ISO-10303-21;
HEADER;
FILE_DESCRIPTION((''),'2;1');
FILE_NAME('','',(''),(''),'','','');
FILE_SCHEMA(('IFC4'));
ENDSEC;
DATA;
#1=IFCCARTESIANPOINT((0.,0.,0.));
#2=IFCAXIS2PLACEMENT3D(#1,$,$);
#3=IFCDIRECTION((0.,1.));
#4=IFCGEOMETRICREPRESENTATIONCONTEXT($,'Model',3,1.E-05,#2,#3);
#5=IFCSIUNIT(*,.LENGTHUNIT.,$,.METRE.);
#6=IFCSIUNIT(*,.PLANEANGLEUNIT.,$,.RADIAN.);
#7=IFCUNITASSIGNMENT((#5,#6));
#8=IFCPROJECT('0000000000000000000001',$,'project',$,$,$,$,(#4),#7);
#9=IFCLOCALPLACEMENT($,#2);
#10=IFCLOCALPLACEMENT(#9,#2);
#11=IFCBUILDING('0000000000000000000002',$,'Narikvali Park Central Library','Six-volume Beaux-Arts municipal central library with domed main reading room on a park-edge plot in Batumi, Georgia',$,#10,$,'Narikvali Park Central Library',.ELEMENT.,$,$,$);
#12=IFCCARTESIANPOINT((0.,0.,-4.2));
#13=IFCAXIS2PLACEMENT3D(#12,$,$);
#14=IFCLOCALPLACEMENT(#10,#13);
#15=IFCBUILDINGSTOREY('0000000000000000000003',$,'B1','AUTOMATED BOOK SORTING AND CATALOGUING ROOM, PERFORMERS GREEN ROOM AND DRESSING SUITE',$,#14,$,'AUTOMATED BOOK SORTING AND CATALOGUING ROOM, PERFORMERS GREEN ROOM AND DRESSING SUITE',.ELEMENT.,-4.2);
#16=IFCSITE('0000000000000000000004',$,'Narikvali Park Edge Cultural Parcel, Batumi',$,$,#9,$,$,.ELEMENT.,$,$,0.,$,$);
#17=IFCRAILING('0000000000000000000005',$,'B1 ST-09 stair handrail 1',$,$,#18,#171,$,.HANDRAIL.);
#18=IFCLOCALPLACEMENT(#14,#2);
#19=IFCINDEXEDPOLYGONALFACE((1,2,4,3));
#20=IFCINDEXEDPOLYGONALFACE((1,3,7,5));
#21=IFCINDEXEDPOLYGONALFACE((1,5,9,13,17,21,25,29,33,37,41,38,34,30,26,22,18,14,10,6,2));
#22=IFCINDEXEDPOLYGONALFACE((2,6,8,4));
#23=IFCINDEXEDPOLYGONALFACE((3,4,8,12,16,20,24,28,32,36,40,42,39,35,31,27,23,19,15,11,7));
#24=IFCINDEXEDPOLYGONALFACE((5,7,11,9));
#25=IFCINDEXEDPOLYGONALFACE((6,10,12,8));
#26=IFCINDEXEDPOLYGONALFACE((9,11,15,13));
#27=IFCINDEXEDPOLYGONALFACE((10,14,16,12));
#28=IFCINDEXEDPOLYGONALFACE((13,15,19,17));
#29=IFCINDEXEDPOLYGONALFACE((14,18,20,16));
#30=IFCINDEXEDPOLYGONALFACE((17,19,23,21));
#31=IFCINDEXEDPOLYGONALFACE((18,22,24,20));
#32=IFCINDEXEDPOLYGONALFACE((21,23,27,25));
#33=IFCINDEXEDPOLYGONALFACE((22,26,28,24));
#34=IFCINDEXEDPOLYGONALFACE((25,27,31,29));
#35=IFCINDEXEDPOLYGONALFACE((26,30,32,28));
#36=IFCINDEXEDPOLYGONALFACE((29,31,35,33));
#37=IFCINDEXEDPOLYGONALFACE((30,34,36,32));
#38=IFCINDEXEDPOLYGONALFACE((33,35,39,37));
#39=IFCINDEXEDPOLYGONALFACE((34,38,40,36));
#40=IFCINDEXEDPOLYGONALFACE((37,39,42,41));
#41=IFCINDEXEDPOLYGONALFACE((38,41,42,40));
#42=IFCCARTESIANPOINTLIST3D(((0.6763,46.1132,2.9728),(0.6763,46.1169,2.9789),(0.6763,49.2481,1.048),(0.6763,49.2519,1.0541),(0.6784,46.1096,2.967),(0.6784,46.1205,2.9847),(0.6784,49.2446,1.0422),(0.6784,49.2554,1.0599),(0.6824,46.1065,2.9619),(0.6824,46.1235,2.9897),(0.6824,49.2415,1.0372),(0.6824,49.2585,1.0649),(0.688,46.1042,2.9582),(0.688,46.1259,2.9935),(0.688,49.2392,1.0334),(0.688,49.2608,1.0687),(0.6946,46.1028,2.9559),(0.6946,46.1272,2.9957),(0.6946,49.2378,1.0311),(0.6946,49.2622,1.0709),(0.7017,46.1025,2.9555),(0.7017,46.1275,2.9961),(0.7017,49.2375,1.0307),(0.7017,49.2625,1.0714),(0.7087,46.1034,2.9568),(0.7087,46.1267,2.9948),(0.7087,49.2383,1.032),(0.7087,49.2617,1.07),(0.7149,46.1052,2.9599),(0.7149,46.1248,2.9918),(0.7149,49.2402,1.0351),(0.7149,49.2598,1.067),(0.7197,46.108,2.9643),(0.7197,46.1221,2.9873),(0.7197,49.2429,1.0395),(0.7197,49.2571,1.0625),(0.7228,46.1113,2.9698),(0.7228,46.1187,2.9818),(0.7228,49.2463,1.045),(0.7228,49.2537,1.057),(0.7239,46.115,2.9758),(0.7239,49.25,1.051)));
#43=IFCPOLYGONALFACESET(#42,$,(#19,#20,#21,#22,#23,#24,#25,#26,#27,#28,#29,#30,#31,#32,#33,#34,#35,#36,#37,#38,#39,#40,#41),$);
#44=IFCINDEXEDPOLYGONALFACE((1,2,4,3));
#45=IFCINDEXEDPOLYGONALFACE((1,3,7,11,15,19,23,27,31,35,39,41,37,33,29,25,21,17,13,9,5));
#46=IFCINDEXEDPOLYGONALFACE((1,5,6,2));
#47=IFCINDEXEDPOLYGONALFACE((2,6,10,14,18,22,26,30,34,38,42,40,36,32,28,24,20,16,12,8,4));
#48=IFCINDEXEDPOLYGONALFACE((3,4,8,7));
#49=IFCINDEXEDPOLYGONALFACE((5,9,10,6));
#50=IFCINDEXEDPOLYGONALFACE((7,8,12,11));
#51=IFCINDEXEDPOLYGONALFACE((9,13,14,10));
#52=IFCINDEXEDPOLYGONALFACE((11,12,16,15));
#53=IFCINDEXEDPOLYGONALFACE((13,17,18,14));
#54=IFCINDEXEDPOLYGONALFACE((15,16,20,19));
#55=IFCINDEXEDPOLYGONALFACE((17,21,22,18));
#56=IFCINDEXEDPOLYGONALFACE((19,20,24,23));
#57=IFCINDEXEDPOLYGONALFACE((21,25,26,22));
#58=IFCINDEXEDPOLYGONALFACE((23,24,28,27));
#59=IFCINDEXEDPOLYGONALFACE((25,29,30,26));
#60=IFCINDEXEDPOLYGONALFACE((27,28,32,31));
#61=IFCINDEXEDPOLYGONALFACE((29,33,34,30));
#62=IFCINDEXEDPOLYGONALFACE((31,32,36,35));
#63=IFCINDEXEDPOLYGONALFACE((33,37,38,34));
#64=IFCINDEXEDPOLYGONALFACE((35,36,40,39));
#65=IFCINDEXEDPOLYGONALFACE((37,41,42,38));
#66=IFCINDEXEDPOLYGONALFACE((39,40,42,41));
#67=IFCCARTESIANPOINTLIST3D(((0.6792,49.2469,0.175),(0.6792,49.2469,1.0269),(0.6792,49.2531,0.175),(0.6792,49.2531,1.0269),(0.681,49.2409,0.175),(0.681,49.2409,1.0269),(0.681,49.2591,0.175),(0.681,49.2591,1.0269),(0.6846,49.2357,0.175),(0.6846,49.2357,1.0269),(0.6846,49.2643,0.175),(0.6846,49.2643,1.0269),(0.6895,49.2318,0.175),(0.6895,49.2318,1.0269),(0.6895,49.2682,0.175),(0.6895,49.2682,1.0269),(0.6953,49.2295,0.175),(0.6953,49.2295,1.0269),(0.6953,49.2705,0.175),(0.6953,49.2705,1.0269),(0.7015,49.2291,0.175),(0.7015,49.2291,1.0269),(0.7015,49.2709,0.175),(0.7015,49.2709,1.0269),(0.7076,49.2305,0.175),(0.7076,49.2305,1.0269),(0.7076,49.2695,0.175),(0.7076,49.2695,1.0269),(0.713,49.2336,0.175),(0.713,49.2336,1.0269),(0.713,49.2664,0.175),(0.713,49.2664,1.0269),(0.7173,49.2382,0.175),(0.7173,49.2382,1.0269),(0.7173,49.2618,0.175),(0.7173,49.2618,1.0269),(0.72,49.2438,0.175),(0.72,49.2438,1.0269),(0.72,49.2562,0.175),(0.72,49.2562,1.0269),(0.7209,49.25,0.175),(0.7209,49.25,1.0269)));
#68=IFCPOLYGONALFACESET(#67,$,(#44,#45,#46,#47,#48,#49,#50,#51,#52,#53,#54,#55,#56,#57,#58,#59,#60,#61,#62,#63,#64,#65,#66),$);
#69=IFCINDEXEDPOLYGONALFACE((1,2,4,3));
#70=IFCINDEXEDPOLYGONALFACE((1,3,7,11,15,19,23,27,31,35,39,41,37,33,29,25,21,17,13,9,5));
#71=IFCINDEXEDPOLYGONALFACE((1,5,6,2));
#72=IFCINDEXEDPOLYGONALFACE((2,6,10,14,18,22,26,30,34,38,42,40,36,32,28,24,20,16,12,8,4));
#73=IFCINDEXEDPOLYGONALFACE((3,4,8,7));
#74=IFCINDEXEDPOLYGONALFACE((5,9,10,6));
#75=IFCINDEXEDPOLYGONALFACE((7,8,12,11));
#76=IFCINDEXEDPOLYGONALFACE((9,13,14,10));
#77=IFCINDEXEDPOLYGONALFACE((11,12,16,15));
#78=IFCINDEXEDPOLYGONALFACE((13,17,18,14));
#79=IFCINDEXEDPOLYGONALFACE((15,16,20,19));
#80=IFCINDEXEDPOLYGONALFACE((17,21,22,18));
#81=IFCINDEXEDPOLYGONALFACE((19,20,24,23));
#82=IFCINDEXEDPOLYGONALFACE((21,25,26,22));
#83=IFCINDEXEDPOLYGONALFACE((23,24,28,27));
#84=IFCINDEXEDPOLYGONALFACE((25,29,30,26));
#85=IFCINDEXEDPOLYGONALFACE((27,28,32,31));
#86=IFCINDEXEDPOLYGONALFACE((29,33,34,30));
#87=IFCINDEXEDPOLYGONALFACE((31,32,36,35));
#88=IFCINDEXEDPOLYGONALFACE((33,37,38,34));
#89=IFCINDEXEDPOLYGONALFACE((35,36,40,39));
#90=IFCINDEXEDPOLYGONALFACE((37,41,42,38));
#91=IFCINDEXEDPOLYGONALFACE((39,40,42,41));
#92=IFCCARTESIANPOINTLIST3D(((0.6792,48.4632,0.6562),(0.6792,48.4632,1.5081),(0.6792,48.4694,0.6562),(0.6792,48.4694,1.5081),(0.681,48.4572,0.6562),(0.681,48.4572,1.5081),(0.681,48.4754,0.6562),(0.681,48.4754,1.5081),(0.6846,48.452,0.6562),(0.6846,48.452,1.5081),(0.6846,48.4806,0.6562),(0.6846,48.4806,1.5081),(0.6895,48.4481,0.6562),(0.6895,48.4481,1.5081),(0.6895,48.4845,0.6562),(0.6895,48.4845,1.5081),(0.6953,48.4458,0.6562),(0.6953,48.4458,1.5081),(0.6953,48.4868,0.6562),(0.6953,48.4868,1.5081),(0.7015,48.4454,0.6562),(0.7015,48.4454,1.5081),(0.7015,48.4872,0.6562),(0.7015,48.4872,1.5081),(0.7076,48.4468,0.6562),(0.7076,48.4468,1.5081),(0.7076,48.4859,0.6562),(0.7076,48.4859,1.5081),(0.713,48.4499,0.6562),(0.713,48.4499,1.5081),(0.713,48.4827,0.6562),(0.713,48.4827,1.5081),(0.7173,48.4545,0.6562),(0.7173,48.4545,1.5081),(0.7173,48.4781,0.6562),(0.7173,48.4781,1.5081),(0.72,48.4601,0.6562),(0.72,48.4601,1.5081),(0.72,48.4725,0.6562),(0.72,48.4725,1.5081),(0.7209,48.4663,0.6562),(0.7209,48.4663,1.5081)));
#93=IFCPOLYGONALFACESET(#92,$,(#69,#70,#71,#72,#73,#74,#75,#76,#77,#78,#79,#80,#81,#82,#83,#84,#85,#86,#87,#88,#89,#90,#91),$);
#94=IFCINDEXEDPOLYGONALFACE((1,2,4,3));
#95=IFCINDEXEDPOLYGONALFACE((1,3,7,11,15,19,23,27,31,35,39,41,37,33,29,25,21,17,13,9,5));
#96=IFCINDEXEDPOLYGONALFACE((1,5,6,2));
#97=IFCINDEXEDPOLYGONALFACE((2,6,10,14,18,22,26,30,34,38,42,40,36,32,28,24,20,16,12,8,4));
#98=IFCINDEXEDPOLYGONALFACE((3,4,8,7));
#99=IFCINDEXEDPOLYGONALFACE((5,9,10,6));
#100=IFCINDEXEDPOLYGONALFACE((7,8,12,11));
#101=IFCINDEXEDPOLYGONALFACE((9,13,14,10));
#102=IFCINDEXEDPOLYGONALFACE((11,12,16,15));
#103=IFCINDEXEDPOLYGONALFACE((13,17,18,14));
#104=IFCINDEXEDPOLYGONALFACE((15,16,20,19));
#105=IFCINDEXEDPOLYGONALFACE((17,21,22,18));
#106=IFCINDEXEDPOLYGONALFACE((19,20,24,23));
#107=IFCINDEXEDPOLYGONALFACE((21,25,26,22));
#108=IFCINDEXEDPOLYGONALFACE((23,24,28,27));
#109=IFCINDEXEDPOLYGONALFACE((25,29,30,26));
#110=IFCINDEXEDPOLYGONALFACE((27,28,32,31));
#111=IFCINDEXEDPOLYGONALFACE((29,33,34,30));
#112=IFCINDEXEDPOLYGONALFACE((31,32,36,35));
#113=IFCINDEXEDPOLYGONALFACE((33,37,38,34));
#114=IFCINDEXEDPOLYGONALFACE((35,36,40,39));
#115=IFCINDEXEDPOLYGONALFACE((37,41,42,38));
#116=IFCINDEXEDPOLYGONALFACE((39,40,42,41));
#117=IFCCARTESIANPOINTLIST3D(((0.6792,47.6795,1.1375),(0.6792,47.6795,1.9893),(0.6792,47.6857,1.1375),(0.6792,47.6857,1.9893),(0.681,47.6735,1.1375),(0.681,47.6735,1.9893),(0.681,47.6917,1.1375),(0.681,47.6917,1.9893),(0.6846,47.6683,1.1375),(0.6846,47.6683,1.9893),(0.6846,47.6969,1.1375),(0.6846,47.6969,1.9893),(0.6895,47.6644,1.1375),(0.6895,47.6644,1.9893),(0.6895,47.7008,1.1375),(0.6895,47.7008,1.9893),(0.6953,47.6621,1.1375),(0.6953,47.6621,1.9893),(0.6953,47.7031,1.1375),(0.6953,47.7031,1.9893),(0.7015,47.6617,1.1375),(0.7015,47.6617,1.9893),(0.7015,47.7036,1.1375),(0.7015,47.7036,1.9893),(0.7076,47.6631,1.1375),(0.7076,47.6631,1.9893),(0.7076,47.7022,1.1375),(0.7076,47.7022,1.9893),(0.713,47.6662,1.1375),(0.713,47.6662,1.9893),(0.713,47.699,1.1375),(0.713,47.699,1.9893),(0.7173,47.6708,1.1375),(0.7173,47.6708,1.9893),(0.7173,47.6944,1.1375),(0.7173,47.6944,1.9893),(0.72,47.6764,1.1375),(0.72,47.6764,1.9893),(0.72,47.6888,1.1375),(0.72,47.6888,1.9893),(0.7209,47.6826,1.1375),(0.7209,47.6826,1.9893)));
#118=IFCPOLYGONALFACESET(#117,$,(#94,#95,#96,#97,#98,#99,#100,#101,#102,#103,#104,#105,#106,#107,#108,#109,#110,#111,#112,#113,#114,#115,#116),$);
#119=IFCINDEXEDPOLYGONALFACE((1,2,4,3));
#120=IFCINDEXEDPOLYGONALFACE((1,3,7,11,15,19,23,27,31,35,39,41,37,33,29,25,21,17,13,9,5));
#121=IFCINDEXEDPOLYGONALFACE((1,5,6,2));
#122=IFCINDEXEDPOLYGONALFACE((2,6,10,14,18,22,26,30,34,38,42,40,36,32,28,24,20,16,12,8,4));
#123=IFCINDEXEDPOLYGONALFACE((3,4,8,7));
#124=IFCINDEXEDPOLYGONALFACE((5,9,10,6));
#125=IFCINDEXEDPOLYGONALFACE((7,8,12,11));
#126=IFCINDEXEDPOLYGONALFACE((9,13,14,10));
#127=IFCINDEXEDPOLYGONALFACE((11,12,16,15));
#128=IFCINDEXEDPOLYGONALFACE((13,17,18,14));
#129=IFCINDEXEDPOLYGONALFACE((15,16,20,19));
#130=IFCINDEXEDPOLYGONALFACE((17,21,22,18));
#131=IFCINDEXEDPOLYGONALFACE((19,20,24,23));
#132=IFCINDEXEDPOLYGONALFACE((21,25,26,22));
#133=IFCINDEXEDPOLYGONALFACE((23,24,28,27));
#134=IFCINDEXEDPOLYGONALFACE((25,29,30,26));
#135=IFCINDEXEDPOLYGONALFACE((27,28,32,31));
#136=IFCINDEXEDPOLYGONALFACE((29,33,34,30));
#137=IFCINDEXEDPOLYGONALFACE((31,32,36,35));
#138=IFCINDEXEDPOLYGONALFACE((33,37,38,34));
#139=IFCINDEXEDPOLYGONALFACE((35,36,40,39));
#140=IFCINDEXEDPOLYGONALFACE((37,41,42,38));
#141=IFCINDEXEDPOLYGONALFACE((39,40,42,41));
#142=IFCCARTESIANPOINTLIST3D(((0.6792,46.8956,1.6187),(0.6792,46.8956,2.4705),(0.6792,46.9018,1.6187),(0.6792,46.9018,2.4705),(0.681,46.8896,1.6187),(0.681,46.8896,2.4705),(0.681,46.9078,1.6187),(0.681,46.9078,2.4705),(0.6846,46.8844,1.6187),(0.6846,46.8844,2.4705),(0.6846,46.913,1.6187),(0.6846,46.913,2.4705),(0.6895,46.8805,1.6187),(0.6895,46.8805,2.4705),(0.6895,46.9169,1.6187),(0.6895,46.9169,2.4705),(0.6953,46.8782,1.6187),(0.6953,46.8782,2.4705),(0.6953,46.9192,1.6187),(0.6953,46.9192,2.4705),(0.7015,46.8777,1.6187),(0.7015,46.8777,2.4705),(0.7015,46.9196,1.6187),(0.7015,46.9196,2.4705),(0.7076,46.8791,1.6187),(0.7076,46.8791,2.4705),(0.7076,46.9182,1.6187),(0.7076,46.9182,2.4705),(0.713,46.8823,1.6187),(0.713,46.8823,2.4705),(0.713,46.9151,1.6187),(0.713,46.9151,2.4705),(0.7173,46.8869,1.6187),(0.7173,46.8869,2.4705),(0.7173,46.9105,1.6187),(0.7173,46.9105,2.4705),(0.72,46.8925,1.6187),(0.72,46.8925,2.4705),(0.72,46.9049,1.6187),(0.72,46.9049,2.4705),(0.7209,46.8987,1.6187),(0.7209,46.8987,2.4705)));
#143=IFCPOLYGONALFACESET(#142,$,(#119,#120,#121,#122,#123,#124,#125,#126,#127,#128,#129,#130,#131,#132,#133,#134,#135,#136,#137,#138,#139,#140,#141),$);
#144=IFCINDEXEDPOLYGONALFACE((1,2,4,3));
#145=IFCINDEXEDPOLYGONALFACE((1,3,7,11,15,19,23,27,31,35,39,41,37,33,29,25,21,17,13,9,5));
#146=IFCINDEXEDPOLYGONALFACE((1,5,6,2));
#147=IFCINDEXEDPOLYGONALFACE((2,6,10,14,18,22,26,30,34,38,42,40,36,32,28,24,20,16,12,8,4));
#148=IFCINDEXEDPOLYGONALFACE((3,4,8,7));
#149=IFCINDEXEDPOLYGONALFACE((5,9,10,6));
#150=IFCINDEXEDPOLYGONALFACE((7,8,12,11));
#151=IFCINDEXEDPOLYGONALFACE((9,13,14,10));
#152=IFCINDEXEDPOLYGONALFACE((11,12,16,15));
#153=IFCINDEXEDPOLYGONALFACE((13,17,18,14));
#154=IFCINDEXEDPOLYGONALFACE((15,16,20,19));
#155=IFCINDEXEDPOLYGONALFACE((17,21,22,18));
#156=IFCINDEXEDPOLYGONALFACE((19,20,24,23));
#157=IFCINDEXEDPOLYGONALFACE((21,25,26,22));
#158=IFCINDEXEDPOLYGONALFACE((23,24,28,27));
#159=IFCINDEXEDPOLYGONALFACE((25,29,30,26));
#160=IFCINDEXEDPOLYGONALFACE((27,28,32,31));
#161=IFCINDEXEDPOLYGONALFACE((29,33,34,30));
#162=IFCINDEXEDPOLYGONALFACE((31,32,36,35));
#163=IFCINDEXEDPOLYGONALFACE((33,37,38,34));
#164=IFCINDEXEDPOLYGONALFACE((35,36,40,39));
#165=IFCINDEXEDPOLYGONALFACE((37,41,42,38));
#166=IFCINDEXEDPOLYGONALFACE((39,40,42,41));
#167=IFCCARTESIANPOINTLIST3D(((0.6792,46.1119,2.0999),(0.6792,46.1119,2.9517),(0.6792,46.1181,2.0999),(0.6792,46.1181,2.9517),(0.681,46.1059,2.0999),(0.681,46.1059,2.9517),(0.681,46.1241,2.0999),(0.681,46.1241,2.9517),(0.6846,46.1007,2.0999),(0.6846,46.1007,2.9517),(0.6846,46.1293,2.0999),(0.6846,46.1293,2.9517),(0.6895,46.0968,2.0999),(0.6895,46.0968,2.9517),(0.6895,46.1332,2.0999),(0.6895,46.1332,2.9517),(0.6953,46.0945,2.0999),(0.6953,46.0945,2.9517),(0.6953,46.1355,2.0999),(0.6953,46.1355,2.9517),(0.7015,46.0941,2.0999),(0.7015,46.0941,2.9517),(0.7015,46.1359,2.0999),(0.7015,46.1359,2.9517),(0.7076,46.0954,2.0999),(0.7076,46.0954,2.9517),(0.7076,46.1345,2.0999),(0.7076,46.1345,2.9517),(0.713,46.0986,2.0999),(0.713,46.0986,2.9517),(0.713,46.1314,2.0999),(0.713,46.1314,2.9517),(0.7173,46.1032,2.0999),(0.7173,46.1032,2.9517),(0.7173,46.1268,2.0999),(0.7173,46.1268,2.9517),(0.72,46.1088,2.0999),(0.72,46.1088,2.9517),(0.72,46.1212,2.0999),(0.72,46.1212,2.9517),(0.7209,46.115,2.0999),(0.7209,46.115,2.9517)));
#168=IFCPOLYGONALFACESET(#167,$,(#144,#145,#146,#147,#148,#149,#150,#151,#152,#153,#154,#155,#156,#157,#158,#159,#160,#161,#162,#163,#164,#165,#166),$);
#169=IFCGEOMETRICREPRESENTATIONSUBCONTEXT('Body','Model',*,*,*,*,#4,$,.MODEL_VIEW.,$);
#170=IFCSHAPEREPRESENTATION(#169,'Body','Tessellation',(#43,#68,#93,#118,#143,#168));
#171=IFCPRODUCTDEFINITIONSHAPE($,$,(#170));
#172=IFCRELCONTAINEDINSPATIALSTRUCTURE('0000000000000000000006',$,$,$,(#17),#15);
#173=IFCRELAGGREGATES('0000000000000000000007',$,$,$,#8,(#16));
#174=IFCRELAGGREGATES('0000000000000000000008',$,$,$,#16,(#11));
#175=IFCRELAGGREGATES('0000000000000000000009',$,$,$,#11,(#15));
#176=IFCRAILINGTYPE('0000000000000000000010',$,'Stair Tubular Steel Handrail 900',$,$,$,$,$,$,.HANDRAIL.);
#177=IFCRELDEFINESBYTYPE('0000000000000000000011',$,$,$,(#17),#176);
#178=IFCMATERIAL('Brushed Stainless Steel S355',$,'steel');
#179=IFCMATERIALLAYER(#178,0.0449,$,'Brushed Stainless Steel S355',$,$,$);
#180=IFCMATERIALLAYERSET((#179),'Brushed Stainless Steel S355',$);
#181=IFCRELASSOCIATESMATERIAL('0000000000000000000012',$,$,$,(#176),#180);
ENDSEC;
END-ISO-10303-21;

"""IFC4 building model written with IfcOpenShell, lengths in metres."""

from ifc_helpers import new_model, si_unit, direction, frame, origin, origin_2d, place, context, subcontext, project, spatial, circle, extrude, material, layer, layer_set, type_object, element, save


model = new_model("IFC4")

# Units and contexts
model_context = context("Model", 3, precision=1e-05, world=origin(), true_north=direction((0.0, 1.0)))
body_context = subcontext(model_context, "Body", "Model", "MODEL_VIEW")
ifc_project = project(units=[si_unit("LENGTHUNIT", "METRE"), si_unit("PLANEANGLEUNIT", "RADIAN")], contexts=[model_context])

# Site, building, storey
site_placement = place(None, origin())
site = spatial("IfcSite", under=ifc_project, at=site_placement, Name="Narikvali Park Edge Cultural Parcel, Batumi", CompositionType="ELEMENT", RefElevation=0.0)
building_placement = place(site_placement, origin())
building = spatial("IfcBuilding", under=site, at=building_placement, Name="Narikvali Park Central Library", Description="Six-volume Beaux-Arts municipal central library with domed main reading room on a park-edge plot in Batumi, Georgia", LongName="Narikvali Park Central Library", CompositionType="ELEMENT")
storey_placement = place(building_placement, frame((0.0, 0.0, -4.2)))
storey = spatial("IfcBuildingStorey", under=building, at=storey_placement, Name="B1", Description="AUTOMATED BOOK SORTING AND CATALOGUING ROOM, PERFORMERS GREEN ROOM AND DRESSING SUITE", LongName="AUTOMATED BOOK SORTING AND CATALOGUING ROOM, PERFORMERS GREEN ROOM AND DRESSING SUITE", CompositionType="ELEMENT", Elevation=-4.2)

# Railing
ifc_material_1 = material(Name="Brushed Stainless Steel S355", Category="steel")
ifc_layer_1 = layer(ifc_material_1, 0.0449, Name="Brushed Stainless Steel S355")
ifc_layer_set_1 = layer_set([ifc_layer_1], Name="Brushed Stainless Steel S355")
railing_type_1 = type_object("IfcRailingType", Name="Stair Tubular Steel Handrail 900", PredefinedType="HANDRAIL", material=ifc_layer_set_1)
railing_1_placement = place(storey_placement, frame((0.7, 49.25, 0.175)))
element("IfcRailing", 1, at=railing_1_placement, inside=storey, type_object=railing_type_1, Name="B1 ST-09 stair handrail 1", PredefinedType="HANDRAIL", context=body_context, shape_type="SweptSolid", body=[
    extrude(circle(Radius=0.0239, at=origin_2d()), frame((0.0, 0.0, 0.876), z_axis=(0.0, -0.852196, 0.523223), x_axis=(1.0, 0.0, 0.0)), (0.0, 0.0, 1.0), 3.6787),
    extrude(circle(Radius=0.021, at=origin_2d()), origin(), (0.0, 0.0, 1.0), 0.8518),
    extrude(circle(Radius=0.021, at=origin_2d()), frame((0.0, -0.7837, 0.4812)), (0.0, 0.0, 1.0), 0.8518),
    extrude(circle(Radius=0.021, at=origin_2d()), frame((0.0, -1.5674, 0.9624)), (0.0, 0.0, 1.0), 0.8518),
    extrude(circle(Radius=0.021, at=origin_2d()), frame((0.0, -2.3513, 1.4436)), (0.0, 0.0, 1.0), 0.8518),
    extrude(circle(Radius=0.021, at=origin_2d()), frame((0.0, -3.135, 1.9248)), (0.0, 0.0, 1.0), 0.8518),
])

save(model, "model.ifc")
